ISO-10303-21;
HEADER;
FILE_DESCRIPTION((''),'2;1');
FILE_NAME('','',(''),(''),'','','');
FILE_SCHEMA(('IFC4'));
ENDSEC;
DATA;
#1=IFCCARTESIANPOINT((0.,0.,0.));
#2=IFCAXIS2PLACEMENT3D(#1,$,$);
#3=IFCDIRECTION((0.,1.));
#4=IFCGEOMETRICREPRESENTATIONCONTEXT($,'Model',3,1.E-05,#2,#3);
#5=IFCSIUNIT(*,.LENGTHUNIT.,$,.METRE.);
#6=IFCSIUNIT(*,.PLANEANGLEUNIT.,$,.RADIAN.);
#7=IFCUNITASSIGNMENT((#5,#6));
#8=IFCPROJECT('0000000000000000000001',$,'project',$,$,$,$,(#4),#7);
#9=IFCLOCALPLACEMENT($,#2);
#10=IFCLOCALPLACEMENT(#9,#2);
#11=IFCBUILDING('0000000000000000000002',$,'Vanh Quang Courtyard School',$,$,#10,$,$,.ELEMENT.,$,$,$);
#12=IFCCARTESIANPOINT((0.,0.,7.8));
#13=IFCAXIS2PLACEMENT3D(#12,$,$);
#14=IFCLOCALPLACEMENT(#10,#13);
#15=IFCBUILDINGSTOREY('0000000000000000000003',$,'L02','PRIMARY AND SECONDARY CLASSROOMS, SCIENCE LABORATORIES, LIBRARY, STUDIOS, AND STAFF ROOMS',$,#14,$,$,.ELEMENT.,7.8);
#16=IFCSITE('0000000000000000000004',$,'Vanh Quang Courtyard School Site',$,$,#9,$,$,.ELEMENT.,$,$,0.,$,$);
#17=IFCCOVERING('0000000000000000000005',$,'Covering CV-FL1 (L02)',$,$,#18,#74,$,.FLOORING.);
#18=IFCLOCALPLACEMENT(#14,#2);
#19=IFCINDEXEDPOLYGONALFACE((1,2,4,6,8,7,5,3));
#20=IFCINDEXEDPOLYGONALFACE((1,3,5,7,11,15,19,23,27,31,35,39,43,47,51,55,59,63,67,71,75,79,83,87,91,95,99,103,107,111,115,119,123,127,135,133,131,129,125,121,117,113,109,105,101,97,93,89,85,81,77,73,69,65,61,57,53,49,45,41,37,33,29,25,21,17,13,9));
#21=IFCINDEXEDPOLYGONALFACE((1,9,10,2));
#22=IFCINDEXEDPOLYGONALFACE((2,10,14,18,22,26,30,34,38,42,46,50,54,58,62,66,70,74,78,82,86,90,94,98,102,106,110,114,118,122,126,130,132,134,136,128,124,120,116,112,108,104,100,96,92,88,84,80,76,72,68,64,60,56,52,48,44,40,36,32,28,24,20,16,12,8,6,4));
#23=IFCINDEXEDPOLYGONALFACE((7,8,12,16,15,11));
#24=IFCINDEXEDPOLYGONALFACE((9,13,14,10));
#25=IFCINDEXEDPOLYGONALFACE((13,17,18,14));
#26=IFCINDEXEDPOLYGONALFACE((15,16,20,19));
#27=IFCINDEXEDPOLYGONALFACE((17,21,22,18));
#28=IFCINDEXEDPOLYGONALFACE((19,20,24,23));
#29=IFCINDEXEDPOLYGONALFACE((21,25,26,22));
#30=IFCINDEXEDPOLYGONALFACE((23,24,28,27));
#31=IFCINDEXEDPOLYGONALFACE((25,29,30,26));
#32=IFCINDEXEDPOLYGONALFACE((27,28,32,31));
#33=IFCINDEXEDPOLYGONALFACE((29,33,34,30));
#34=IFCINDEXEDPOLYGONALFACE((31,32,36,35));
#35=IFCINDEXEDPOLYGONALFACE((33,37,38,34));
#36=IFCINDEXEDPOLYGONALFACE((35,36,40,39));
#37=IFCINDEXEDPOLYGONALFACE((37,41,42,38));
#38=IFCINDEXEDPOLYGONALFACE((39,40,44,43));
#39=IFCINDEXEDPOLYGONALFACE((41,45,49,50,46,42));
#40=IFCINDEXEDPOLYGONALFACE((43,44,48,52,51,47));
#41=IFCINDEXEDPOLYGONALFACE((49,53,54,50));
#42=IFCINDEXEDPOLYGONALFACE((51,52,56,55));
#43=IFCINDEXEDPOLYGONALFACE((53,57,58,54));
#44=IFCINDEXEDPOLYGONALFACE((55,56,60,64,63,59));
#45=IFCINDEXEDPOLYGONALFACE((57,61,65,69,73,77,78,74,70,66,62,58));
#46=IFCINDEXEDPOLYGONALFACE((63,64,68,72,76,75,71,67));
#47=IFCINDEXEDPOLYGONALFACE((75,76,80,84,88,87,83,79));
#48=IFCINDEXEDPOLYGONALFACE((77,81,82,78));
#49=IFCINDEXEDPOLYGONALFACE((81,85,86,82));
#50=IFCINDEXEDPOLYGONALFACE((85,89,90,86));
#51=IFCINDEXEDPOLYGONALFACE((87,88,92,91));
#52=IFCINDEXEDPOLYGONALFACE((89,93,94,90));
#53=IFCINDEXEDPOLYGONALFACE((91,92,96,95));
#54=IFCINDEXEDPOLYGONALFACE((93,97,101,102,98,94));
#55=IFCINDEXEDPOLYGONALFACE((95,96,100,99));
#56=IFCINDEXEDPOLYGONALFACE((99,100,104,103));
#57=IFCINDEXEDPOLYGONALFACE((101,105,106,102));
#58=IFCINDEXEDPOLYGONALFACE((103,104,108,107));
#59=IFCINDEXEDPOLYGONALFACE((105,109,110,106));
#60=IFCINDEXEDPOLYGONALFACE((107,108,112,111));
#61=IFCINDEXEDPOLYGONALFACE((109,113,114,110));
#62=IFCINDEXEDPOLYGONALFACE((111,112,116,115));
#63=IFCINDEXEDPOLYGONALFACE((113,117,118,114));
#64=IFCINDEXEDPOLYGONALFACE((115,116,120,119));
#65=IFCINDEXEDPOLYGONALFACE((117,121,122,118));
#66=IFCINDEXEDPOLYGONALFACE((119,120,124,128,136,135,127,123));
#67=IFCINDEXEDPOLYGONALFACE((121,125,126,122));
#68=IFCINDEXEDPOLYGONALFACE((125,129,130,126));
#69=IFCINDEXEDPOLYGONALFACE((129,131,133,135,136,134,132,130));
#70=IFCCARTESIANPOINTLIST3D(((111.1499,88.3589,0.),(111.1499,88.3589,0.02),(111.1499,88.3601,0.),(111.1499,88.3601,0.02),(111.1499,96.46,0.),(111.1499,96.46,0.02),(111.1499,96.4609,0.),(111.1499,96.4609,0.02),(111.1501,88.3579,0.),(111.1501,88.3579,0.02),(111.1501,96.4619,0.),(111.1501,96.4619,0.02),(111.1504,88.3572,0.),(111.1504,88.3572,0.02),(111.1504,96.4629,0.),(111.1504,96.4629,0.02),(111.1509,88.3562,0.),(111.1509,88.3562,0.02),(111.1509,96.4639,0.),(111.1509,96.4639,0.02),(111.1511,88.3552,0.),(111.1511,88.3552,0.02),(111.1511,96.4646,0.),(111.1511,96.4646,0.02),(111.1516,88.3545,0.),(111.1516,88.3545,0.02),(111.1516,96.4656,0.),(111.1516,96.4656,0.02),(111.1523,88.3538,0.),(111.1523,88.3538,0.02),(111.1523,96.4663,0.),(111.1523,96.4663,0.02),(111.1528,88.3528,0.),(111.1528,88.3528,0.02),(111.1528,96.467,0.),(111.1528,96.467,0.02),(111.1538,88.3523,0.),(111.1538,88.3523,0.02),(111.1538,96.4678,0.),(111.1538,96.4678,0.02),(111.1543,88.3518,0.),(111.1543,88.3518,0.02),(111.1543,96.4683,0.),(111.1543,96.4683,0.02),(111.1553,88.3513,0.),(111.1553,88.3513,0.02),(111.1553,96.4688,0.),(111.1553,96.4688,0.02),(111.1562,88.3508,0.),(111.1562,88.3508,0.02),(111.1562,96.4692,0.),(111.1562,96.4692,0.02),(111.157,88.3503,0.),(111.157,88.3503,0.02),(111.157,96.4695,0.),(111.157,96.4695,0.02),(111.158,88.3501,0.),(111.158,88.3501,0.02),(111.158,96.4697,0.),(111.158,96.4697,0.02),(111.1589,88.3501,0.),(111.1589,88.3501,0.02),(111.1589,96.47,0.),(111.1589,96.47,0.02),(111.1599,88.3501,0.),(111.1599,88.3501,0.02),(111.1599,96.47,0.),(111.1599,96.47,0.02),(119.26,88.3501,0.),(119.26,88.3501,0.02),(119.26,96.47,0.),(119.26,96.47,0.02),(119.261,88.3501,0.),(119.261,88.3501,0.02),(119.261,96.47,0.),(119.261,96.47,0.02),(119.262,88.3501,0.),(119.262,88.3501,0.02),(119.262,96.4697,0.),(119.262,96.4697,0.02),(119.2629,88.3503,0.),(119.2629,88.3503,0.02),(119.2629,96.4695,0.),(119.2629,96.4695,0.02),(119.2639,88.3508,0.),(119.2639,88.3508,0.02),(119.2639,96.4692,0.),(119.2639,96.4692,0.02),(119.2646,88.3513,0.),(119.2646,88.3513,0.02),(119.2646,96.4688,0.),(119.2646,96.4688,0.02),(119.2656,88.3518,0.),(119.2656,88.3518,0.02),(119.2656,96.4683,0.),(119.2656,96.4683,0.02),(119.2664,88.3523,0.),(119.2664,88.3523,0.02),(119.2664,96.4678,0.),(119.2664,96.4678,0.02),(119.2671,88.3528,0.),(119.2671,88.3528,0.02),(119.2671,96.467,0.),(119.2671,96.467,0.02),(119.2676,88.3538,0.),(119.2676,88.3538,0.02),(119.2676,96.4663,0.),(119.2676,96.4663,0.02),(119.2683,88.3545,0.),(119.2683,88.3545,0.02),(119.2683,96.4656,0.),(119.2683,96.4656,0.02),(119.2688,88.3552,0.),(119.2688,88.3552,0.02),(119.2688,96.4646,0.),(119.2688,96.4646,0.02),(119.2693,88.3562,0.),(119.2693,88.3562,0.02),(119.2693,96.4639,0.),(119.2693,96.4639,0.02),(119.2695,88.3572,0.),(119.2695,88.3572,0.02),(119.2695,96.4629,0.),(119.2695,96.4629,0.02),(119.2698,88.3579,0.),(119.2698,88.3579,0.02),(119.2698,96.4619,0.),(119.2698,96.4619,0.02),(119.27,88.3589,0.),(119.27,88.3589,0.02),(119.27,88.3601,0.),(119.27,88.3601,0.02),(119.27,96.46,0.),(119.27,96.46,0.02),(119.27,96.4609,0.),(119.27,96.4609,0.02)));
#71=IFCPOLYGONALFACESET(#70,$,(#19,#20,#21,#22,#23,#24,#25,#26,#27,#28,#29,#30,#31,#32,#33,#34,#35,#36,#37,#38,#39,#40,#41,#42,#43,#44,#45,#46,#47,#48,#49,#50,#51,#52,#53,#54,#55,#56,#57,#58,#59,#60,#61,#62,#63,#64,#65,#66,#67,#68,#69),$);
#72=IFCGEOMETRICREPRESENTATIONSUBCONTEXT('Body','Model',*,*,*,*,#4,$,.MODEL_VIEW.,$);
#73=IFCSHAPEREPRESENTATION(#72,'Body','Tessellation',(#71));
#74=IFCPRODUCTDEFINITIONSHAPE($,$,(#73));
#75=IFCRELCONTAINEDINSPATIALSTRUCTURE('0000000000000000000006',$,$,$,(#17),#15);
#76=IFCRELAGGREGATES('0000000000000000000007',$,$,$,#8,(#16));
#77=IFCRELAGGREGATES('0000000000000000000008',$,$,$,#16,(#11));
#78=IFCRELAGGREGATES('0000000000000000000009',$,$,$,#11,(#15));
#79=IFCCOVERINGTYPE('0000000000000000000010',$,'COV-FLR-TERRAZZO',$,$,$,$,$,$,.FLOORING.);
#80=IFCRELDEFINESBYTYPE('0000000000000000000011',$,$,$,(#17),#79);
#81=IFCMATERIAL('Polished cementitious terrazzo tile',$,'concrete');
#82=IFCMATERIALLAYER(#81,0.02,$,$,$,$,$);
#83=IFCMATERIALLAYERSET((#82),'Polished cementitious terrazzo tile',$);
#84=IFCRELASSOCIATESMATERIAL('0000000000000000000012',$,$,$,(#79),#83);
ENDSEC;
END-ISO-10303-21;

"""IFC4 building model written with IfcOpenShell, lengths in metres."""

from ifc_helpers import new_model, si_unit, direction, frame, origin, place, context, subcontext, project, spatial, polyline, outline, extrude, material, layer, layer_set, type_object, element, save


model = new_model("IFC4")

# Units and contexts
model_context = context("Model", 3, precision=1e-05, world=origin(), true_north=direction((0.0, 1.0)))
body_context = subcontext(model_context, "Body", "Model", "MODEL_VIEW")
ifc_project = project(units=[si_unit("LENGTHUNIT", "METRE"), si_unit("PLANEANGLEUNIT", "RADIAN")], contexts=[model_context])

# Site, building, storey
site_placement = place(None, origin())
site = spatial("IfcSite", under=ifc_project, at=site_placement, Name="Vanh Quang Courtyard School Site", CompositionType="ELEMENT", RefElevation=0.0)
building_placement = place(site_placement, origin())
building = spatial("IfcBuilding", under=site, at=building_placement, Name="Vanh Quang Courtyard School", CompositionType="ELEMENT")
storey_placement = place(building_placement, frame((0.0, 0.0, 7.8)))
storey = spatial("IfcBuildingStorey", under=building, at=storey_placement, Name="L02", Description="PRIMARY AND SECONDARY CLASSROOMS, SCIENCE LABORATORIES, LIBRARY, STUDIOS, AND STAFF ROOMS", CompositionType="ELEMENT", Elevation=7.8)

# Covering
ifc_material_1 = material(Name="Polished cementitious terrazzo tile", Category="concrete")
ifc_layer_1 = layer(ifc_material_1, 0.02)
ifc_layer_set_1 = layer_set([ifc_layer_1], Name="Polished cementitious terrazzo tile")
covering_type_1 = type_object("IfcCoveringType", Name="COV-FLR-TERRAZZO", PredefinedType="FLOORING", material=ifc_layer_set_1)
covering_1_placement = place(storey_placement, origin())
element("IfcCovering", 1, at=covering_1_placement, inside=storey, type_object=covering_type_1, Name="Covering CV-FL1 (L02)", PredefinedType="FLOORING", context=body_context, shape_type="SweptSolid", body=[
    extrude(outline(polyline([(111.1599, 88.3501), (111.1589, 88.3501), (111.158, 88.3501), (111.157, 88.3503), (111.1562, 88.3508), (111.1553, 88.3513), (111.1543, 88.3518), (111.1538, 88.3523), (111.1528, 88.3528), (111.1523, 88.3538), (111.1516, 88.3545), (111.1511, 88.3552), (111.1509, 88.3562), (111.1504, 88.3572), (111.1501, 88.3579), (111.1499, 88.3589), (111.1499, 88.3601), (111.1499, 96.46), (111.1499, 96.4609), (111.1501, 96.4619), (111.1504, 96.4629), (111.1509, 96.4639), (111.1511, 96.4646), (111.1516, 96.4656), (111.1523, 96.4663), (111.1528, 96.467), (111.1538, 96.4678), (111.1543, 96.4683), (111.1553, 96.4688), (111.1562, 96.4692), (111.157, 96.4695), (111.158, 96.4697), (111.1589, 96.47), (111.1599, 96.47), (119.26, 96.47), (119.261, 96.47), (119.262, 96.4697), (119.2629, 96.4695), (119.2639, 96.4692), (119.2646, 96.4688), (119.2656, 96.4683), (119.2664, 96.4678), (119.2671, 96.467), (119.2676, 96.4663), (119.2683, 96.4656), (119.2688, 96.4646), (119.2693, 96.4639), (119.2695, 96.4629), (119.2698, 96.4619), (119.27, 96.4609), (119.27, 96.46), (119.27, 88.3601), (119.27, 88.3589), (119.2698, 88.3579), (119.2695, 88.3572), (119.2693, 88.3562), (119.2688, 88.3552), (119.2683, 88.3545), (119.2676, 88.3538), (119.2671, 88.3528), (119.2664, 88.3523), (119.2656, 88.3518), (119.2646, 88.3513), (119.2639, 88.3508), (119.2629, 88.3503), (119.262, 88.3501), (119.261, 88.3501), (119.26, 88.3501), (111.1599, 88.3501)])), origin(), (0.0, 0.0, 1.0), 0.02),
])

save(model, "model.ifc")
